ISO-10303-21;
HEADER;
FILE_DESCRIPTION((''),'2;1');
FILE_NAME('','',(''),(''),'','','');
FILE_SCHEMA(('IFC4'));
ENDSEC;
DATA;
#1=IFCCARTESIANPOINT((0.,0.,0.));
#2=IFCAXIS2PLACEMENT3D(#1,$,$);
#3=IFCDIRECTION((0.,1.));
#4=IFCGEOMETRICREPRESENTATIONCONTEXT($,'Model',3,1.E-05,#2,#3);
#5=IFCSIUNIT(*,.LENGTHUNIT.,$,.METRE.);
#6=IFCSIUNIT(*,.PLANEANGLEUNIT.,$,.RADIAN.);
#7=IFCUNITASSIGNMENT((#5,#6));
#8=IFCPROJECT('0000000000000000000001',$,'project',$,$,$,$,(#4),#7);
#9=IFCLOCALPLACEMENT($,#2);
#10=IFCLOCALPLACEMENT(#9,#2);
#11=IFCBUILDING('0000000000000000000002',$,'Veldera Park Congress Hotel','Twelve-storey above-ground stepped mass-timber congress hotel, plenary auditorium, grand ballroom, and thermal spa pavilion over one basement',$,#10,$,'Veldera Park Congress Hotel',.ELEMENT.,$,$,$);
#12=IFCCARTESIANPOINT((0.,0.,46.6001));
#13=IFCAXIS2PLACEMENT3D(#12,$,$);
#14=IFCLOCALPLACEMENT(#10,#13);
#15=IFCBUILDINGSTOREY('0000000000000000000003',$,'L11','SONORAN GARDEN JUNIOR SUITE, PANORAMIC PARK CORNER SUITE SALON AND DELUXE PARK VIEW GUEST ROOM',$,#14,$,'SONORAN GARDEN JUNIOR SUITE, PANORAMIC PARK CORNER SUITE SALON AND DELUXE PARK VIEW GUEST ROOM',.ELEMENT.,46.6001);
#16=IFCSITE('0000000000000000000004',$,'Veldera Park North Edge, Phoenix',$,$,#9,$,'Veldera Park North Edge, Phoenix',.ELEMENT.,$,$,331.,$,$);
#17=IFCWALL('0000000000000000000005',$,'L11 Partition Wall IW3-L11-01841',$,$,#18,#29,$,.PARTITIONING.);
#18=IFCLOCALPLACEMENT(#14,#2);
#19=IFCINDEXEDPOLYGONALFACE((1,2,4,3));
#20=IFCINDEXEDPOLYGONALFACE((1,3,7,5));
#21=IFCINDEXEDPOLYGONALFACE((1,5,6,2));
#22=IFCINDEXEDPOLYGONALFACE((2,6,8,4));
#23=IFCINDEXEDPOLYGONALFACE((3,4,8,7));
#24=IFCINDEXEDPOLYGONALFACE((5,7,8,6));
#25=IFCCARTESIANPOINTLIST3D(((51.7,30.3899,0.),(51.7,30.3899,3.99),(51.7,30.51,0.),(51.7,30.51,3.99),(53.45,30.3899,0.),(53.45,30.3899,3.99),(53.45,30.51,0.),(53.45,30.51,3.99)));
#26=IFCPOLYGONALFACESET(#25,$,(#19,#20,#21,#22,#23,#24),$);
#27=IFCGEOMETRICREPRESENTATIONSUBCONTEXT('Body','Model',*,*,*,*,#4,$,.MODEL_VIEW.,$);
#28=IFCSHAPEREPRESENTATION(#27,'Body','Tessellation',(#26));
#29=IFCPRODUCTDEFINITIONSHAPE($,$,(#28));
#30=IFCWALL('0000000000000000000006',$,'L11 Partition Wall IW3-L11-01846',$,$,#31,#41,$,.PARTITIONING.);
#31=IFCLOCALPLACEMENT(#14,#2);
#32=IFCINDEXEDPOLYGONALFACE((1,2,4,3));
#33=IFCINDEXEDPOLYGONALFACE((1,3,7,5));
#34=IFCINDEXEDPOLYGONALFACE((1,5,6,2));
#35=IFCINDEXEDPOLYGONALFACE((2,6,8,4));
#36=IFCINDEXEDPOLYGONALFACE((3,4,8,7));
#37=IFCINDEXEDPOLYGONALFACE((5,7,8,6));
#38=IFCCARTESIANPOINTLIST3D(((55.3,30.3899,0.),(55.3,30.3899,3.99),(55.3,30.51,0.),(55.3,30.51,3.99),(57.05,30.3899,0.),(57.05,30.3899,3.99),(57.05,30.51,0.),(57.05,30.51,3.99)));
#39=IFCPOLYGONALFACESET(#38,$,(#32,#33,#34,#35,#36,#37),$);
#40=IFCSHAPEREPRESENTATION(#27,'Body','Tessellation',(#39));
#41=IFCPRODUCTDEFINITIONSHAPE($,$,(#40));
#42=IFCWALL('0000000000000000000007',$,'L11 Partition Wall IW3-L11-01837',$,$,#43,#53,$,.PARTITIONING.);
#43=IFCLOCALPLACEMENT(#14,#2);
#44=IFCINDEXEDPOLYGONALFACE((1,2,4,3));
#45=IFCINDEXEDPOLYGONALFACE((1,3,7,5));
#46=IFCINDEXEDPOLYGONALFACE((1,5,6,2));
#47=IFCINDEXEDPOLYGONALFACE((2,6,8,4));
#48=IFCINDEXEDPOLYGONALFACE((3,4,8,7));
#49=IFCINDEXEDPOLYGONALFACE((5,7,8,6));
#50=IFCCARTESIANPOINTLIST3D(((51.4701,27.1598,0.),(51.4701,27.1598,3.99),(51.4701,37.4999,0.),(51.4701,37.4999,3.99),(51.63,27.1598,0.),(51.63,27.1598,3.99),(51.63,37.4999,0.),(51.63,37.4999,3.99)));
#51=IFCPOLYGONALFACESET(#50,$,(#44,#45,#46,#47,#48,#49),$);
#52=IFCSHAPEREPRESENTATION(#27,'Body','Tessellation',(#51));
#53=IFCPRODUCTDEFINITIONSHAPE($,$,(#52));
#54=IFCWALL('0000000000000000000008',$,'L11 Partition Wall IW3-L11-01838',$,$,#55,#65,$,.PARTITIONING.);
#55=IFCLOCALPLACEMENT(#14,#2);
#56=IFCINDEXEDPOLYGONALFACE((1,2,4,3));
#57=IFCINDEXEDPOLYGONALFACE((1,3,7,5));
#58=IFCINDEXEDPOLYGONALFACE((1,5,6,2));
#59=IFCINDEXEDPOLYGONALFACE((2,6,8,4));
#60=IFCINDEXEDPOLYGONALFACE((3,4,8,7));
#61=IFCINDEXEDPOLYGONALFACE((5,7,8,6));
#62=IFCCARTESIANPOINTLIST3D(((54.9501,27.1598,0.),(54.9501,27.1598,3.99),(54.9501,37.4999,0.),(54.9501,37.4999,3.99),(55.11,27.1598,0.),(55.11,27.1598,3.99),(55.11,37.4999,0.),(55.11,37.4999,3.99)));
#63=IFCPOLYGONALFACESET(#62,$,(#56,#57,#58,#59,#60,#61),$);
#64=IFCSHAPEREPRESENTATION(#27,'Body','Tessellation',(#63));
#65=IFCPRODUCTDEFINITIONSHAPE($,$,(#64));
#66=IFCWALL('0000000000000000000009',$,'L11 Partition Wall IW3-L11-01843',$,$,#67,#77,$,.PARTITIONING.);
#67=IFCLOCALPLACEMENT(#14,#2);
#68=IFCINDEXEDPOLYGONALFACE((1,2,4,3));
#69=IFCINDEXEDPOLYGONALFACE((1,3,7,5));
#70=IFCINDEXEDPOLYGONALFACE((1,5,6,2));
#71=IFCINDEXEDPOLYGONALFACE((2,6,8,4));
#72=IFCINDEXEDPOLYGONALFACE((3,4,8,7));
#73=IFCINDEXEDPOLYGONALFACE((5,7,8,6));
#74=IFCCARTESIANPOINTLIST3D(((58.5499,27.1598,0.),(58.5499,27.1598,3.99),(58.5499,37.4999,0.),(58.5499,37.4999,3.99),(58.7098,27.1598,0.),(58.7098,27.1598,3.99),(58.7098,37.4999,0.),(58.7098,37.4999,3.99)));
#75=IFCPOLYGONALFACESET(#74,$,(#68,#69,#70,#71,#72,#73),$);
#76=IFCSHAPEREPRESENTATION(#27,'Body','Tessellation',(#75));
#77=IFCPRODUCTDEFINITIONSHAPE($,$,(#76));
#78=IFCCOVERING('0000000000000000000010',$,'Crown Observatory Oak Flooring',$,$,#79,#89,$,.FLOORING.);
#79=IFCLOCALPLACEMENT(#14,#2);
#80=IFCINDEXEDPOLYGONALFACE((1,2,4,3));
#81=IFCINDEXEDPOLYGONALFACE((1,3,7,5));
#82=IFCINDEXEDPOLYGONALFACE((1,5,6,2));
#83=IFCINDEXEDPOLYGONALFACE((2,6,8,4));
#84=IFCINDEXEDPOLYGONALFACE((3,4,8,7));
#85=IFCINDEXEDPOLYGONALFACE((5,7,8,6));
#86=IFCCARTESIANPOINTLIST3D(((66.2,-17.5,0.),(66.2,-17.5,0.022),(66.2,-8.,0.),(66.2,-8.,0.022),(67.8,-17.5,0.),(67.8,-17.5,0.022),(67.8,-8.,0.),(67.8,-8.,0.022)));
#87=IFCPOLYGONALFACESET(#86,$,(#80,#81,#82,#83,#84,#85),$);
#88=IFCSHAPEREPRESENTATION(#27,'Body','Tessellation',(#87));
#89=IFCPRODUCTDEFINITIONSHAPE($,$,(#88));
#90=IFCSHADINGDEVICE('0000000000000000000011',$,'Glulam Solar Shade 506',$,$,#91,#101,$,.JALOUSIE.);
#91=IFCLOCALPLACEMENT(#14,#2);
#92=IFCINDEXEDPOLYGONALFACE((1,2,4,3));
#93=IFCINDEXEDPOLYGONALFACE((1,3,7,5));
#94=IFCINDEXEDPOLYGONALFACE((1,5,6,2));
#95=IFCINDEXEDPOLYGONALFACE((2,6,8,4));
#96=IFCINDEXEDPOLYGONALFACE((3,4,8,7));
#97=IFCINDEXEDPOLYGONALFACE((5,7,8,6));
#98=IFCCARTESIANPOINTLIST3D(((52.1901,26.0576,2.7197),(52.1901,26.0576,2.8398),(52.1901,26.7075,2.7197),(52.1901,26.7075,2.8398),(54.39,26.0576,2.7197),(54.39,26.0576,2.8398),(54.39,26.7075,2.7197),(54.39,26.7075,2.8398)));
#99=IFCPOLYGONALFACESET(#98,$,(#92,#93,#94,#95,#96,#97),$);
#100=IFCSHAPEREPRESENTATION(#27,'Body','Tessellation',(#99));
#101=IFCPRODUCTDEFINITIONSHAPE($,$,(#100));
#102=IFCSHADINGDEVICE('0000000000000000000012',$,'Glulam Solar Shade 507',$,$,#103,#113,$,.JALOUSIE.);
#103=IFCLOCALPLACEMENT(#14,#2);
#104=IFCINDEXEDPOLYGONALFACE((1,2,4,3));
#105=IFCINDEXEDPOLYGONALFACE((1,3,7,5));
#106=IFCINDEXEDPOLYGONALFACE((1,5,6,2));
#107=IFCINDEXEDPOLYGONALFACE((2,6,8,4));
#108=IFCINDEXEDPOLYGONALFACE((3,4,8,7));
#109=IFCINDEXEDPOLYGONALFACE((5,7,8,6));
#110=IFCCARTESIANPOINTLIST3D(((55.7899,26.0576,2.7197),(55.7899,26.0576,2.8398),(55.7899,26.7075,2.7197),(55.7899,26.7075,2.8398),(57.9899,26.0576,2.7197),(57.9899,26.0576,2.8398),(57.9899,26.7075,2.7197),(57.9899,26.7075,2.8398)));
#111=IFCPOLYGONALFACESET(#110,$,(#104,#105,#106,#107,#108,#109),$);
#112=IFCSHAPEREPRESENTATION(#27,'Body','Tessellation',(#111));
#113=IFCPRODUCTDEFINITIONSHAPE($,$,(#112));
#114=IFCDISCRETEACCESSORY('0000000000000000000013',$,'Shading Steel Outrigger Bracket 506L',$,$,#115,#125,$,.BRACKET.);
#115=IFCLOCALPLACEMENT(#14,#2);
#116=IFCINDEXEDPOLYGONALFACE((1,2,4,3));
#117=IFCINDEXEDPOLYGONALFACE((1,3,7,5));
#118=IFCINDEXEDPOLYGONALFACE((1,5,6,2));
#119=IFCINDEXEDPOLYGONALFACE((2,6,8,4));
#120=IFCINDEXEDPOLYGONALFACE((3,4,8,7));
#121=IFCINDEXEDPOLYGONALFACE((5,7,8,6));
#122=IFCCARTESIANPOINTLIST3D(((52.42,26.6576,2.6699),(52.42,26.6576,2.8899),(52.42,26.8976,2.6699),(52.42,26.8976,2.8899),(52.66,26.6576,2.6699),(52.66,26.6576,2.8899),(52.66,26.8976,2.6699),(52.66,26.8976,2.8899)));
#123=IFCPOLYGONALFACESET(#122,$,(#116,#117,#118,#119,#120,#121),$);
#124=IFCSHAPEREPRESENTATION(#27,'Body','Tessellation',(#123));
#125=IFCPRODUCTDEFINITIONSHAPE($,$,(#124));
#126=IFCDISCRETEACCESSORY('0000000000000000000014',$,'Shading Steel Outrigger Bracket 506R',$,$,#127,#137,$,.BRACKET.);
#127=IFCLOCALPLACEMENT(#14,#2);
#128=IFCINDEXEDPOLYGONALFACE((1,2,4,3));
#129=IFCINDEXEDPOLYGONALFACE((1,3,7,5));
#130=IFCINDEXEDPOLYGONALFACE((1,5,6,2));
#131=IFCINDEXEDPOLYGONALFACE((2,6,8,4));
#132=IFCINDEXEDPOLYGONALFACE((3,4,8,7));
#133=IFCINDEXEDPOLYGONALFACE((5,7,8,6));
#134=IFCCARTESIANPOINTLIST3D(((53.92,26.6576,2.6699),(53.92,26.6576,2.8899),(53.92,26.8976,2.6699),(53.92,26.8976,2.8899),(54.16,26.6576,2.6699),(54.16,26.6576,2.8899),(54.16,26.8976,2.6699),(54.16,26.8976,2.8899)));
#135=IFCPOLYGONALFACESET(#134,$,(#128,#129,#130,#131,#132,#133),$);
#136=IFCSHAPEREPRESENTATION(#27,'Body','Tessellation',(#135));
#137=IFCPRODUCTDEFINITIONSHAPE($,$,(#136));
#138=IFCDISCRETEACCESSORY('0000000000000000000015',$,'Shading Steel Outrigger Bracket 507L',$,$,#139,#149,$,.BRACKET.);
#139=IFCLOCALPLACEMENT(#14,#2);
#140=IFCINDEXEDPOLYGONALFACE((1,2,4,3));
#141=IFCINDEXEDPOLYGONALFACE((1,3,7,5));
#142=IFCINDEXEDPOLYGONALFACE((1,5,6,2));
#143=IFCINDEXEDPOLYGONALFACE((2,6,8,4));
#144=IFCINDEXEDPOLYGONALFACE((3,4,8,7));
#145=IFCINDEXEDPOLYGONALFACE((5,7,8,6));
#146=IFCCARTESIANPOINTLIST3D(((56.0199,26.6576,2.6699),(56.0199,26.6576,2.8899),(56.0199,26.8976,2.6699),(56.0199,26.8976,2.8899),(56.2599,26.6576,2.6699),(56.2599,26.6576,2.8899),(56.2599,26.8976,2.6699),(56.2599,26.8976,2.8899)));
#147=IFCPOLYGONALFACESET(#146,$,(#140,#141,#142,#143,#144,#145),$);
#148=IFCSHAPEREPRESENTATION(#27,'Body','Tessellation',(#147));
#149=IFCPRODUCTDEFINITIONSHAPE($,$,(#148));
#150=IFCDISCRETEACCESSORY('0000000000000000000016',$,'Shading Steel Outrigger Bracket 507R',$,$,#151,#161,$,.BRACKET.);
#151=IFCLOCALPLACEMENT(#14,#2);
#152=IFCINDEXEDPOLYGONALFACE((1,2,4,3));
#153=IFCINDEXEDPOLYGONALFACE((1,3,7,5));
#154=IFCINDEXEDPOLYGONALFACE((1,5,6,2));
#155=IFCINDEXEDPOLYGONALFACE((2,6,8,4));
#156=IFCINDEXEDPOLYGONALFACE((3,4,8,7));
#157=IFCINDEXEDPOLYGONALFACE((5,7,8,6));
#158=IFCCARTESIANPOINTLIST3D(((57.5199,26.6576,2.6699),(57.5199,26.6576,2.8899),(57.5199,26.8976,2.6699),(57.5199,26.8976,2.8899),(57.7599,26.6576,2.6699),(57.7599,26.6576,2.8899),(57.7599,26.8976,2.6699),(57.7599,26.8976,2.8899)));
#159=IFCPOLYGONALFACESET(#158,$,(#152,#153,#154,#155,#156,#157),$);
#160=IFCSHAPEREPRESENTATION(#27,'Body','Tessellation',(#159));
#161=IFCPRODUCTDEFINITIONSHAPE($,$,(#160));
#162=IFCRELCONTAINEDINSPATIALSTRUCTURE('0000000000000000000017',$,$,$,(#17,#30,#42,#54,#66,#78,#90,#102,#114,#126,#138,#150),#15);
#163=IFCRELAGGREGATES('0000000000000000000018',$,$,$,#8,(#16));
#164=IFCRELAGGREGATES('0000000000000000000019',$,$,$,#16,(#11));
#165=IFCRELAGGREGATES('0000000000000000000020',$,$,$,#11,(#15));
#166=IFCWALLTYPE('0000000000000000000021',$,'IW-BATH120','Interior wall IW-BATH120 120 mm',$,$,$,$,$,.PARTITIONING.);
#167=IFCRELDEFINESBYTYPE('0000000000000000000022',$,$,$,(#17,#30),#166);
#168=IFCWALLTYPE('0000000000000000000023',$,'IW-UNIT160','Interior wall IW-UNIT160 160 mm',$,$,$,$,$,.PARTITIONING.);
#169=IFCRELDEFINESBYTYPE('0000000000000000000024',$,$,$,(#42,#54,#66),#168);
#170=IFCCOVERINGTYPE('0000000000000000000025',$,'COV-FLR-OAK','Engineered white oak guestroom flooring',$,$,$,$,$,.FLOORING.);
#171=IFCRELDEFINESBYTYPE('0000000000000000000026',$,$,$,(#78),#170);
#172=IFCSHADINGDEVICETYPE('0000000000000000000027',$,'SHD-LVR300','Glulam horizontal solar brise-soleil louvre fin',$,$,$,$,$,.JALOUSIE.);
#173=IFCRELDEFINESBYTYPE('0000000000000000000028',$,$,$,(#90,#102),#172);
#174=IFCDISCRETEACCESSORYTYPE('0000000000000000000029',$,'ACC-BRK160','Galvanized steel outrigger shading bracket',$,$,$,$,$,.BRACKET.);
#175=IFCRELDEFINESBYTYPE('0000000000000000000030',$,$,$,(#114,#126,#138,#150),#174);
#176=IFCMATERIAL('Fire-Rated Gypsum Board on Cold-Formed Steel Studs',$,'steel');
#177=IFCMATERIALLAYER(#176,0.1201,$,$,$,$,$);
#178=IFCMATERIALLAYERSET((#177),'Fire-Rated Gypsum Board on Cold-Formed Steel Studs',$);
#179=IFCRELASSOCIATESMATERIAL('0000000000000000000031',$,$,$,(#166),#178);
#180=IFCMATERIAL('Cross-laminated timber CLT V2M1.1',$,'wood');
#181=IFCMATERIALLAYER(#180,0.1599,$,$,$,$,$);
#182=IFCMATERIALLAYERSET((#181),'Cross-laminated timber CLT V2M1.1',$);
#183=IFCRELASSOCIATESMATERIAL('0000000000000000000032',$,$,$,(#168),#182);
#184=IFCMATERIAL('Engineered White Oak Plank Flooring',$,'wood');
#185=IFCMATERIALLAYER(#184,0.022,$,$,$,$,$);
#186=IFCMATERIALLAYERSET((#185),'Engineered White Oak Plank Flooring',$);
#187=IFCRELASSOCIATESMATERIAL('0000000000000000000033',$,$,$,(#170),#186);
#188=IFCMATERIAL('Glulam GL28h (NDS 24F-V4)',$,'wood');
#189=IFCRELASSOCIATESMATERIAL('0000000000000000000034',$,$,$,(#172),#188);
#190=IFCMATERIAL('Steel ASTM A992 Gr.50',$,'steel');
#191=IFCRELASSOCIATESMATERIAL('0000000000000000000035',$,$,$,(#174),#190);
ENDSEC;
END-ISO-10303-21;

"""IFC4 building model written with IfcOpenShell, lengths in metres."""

from ifc_helpers import new_model, si_unit, direction, frame, frame_2d, origin, origin_2d, place, context, subcontext, project, spatial, polyline, rectangle, outline, extrude, material, layer, layer_set, type_object, element, save


model = new_model("IFC4")

# Units and contexts
model_context = context("Model", 3, precision=1e-05, world=origin(), true_north=direction((0.0, 1.0)))
body_context = subcontext(model_context, "Body", "Model", "MODEL_VIEW")
ifc_project = project(units=[si_unit("LENGTHUNIT", "METRE"), si_unit("PLANEANGLEUNIT", "RADIAN")], contexts=[model_context])

# Site, building, storey
site_placement = place(None, origin())
site = spatial("IfcSite", under=ifc_project, at=site_placement, Name="Veldera Park North Edge, Phoenix", LongName="Veldera Park North Edge, Phoenix", CompositionType="ELEMENT", RefElevation=331.0)
building_placement = place(site_placement, origin())
building = spatial("IfcBuilding", under=site, at=building_placement, Name="Veldera Park Congress Hotel", Description="Twelve-storey above-ground stepped mass-timber congress hotel, plenary auditorium, grand ballroom, and thermal spa pavilion over one basement", LongName="Veldera Park Congress Hotel", CompositionType="ELEMENT")
storey_placement = place(building_placement, frame((0.0, 0.0, 46.6001)))
storey = spatial("IfcBuildingStorey", under=building, at=storey_placement, Name="L11", Description="SONORAN GARDEN JUNIOR SUITE, PANORAMIC PARK CORNER SUITE SALON AND DELUXE PARK VIEW GUEST ROOM", LongName="SONORAN GARDEN JUNIOR SUITE, PANORAMIC PARK CORNER SUITE SALON AND DELUXE PARK VIEW GUEST ROOM", CompositionType="ELEMENT", Elevation=46.6001)

# Shared definitions
ifc_material_1 = material(Name="Glulam GL28h (NDS 24F-V4)", Category="wood")

# Shared definitions
ifc_material_2 = material(Name="Cross-laminated timber CLT V2M1.1", Category="wood")

# Shared definitions
ifc_material_3 = material(Name="Fire-Rated Gypsum Board on Cold-Formed Steel Studs", Category="steel")
ifc_layer_1 = layer(ifc_material_3, 0.1201)
ifc_layer_set_1 = layer_set([ifc_layer_1], Name="Fire-Rated Gypsum Board on Cold-Formed Steel Studs")
wall_type_1 = type_object("IfcWallType", Name="IW-BATH120", Description="Interior wall IW-BATH120 120 mm", PredefinedType="PARTITIONING", material=ifc_layer_set_1)

# Wall
wall_1_placement = place(storey_placement, frame((51.7, 30.45, 0.0), z_axis=(0.0, 0.0, 1.0), x_axis=(1.0, 0.0, 0.0)))
element("IfcWall", 1, at=wall_1_placement, inside=storey, type_object=wall_type_1, Name="L11 Partition Wall IW3-L11-01841", PredefinedType="PARTITIONING", context=body_context, shape_type="SweptSolid", body=[
    extrude(rectangle(XDim=1.75, YDim=0.1201, at=frame_2d((0.875, 0.0))), origin(), (0.0, 0.0, 1.0), 3.99),
])

# Walls
wall_2_placement = place(storey_placement, frame((55.3, 30.45, 0.0), z_axis=(0.0, 0.0, 1.0), x_axis=(1.0, 0.0, 0.0)))
element("IfcWall", 2, at=wall_2_placement, inside=storey, type_object=wall_type_1, Name="L11 Partition Wall IW3-L11-01846", PredefinedType="PARTITIONING", context=body_context, shape_type="SweptSolid", body=[
    extrude(rectangle(XDim=1.75, YDim=0.1201, at=frame_2d((0.875, 0.0))), origin(), (0.0, 0.0, 1.0), 3.99),
])
ifc_layer_2 = layer(ifc_material_2, 0.1599)
ifc_layer_set_2 = layer_set([ifc_layer_2], Name="Cross-laminated timber CLT V2M1.1")
wall_type_2 = type_object("IfcWallType", Name="IW-UNIT160", Description="Interior wall IW-UNIT160 160 mm", PredefinedType="PARTITIONING", material=ifc_layer_set_2)
for number, where, z_axis, x_axis, name in (
    (3, (51.55, 27.1599, 0.0), (0.0, 0.0, 1.0), (0.0, 1.0, 0.0), "L11 Partition Wall IW3-L11-01837"),
    (4, (55.03, 27.1599, 0.0), (0.0, 0.0, 1.0), (0.0, 1.0, 0.0), "L11 Partition Wall IW3-L11-01838"),
    (5, (58.6299, 27.1599, 0.0), (0.0, 0.0, 1.0), (0.0, 1.0, 0.0), "L11 Partition Wall IW3-L11-01843"),
):
    element("IfcWall", number, at=place(storey_placement, frame(where, z_axis=z_axis, x_axis=x_axis)), inside=storey, type_object=wall_type_2, Name=name, PredefinedType="PARTITIONING", context=body_context, shape_type="SweptSolid", body=[
        extrude(rectangle(XDim=10.3401, YDim=0.1599, at=frame_2d((5.1699, 0.0))), origin(), (0.0, 0.0, 1.0), 3.99),
    ])

# Covering
ifc_material_4 = material(Name="Engineered White Oak Plank Flooring", Category="wood")
ifc_layer_3 = layer(ifc_material_4, 0.022)
ifc_layer_set_3 = layer_set([ifc_layer_3], Name="Engineered White Oak Plank Flooring")
covering_type = type_object("IfcCoveringType", Name="COV-FLR-OAK", Description="Engineered white oak guestroom flooring", PredefinedType="FLOORING", material=ifc_layer_set_3)
covering_placement = place(storey_placement, origin())
element("IfcCovering", 6, at=covering_placement, inside=storey, type_object=covering_type, Name="Crown Observatory Oak Flooring", PredefinedType="FLOORING", context=body_context, shape_type="SweptSolid", body=[
    extrude(outline(polyline([(66.2, -17.5), (67.8, -17.5), (67.8, -8.0), (66.2, -8.0), (66.2, -17.5)])), origin(), (0.0, 0.0, 1.0), 0.022),
])

# Shared definitions
ifc_material_5 = material(Name="Steel ASTM A992 Gr.50", Category="steel")

# Shading devices
shading_device_type = type_object("IfcShadingDeviceType", Name="SHD-LVR300", Description="Glulam horizontal solar brise-soleil louvre fin", PredefinedType="JALOUSIE", material=ifc_material_1)
for number, where, z_axis, x_axis, name in (
    (7, (53.29, 26.3826, 2.7197), (0.0, 0.0, 1.0), (1.0, 0.0, 0.0), "Glulam Solar Shade 506"),
    (8, (56.8899, 26.3826, 2.7197), (0.0, 0.0, 1.0), (1.0, 0.0, 0.0), "Glulam Solar Shade 507"),
):
    element("IfcShadingDevice", number, at=place(storey_placement, frame(where, z_axis=z_axis, x_axis=x_axis)), inside=storey, type_object=shading_device_type, Name=name, PredefinedType="JALOUSIE", context=body_context, shape_type="SweptSolid", body=[
        extrude(rectangle(XDim=2.2, YDim=0.6499, at=origin_2d()), origin(), (0.0, 0.0, 1.0), 0.1201),
    ])

# Discrete accessories
discrete_accessory_type = type_object("IfcDiscreteAccessoryType", Name="ACC-BRK160", Description="Galvanized steel outrigger shading bracket", PredefinedType="BRACKET", material=ifc_material_5)
for number, where, z_axis, x_axis, name in (
    (9, (52.54, 26.7776, 2.6699), (0.0, 0.0, 1.0), (1.0, 0.0, 0.0), "Shading Steel Outrigger Bracket 506L"),
    (10, (54.04, 26.7776, 2.6699), (0.0, 0.0, 1.0), (1.0, 0.0, 0.0), "Shading Steel Outrigger Bracket 506R"),
    (11, (56.1399, 26.7776, 2.6699), (0.0, 0.0, 1.0), (1.0, 0.0, 0.0), "Shading Steel Outrigger Bracket 507L"),
    (12, (57.6399, 26.7776, 2.6699), (0.0, 0.0, 1.0), (1.0, 0.0, 0.0), "Shading Steel Outrigger Bracket 507R"),
):
    element("IfcDiscreteAccessory", number, at=place(storey_placement, frame(where, z_axis=z_axis, x_axis=x_axis)), inside=storey, type_object=discrete_accessory_type, Name=name, PredefinedType="BRACKET", context=body_context, shape_type="SweptSolid", body=[
        extrude(rectangle(XDim=0.24, YDim=0.24, at=origin_2d()), origin(), (0.0, 0.0, 1.0), 0.22),
    ])

save(model, "model.ifc")
